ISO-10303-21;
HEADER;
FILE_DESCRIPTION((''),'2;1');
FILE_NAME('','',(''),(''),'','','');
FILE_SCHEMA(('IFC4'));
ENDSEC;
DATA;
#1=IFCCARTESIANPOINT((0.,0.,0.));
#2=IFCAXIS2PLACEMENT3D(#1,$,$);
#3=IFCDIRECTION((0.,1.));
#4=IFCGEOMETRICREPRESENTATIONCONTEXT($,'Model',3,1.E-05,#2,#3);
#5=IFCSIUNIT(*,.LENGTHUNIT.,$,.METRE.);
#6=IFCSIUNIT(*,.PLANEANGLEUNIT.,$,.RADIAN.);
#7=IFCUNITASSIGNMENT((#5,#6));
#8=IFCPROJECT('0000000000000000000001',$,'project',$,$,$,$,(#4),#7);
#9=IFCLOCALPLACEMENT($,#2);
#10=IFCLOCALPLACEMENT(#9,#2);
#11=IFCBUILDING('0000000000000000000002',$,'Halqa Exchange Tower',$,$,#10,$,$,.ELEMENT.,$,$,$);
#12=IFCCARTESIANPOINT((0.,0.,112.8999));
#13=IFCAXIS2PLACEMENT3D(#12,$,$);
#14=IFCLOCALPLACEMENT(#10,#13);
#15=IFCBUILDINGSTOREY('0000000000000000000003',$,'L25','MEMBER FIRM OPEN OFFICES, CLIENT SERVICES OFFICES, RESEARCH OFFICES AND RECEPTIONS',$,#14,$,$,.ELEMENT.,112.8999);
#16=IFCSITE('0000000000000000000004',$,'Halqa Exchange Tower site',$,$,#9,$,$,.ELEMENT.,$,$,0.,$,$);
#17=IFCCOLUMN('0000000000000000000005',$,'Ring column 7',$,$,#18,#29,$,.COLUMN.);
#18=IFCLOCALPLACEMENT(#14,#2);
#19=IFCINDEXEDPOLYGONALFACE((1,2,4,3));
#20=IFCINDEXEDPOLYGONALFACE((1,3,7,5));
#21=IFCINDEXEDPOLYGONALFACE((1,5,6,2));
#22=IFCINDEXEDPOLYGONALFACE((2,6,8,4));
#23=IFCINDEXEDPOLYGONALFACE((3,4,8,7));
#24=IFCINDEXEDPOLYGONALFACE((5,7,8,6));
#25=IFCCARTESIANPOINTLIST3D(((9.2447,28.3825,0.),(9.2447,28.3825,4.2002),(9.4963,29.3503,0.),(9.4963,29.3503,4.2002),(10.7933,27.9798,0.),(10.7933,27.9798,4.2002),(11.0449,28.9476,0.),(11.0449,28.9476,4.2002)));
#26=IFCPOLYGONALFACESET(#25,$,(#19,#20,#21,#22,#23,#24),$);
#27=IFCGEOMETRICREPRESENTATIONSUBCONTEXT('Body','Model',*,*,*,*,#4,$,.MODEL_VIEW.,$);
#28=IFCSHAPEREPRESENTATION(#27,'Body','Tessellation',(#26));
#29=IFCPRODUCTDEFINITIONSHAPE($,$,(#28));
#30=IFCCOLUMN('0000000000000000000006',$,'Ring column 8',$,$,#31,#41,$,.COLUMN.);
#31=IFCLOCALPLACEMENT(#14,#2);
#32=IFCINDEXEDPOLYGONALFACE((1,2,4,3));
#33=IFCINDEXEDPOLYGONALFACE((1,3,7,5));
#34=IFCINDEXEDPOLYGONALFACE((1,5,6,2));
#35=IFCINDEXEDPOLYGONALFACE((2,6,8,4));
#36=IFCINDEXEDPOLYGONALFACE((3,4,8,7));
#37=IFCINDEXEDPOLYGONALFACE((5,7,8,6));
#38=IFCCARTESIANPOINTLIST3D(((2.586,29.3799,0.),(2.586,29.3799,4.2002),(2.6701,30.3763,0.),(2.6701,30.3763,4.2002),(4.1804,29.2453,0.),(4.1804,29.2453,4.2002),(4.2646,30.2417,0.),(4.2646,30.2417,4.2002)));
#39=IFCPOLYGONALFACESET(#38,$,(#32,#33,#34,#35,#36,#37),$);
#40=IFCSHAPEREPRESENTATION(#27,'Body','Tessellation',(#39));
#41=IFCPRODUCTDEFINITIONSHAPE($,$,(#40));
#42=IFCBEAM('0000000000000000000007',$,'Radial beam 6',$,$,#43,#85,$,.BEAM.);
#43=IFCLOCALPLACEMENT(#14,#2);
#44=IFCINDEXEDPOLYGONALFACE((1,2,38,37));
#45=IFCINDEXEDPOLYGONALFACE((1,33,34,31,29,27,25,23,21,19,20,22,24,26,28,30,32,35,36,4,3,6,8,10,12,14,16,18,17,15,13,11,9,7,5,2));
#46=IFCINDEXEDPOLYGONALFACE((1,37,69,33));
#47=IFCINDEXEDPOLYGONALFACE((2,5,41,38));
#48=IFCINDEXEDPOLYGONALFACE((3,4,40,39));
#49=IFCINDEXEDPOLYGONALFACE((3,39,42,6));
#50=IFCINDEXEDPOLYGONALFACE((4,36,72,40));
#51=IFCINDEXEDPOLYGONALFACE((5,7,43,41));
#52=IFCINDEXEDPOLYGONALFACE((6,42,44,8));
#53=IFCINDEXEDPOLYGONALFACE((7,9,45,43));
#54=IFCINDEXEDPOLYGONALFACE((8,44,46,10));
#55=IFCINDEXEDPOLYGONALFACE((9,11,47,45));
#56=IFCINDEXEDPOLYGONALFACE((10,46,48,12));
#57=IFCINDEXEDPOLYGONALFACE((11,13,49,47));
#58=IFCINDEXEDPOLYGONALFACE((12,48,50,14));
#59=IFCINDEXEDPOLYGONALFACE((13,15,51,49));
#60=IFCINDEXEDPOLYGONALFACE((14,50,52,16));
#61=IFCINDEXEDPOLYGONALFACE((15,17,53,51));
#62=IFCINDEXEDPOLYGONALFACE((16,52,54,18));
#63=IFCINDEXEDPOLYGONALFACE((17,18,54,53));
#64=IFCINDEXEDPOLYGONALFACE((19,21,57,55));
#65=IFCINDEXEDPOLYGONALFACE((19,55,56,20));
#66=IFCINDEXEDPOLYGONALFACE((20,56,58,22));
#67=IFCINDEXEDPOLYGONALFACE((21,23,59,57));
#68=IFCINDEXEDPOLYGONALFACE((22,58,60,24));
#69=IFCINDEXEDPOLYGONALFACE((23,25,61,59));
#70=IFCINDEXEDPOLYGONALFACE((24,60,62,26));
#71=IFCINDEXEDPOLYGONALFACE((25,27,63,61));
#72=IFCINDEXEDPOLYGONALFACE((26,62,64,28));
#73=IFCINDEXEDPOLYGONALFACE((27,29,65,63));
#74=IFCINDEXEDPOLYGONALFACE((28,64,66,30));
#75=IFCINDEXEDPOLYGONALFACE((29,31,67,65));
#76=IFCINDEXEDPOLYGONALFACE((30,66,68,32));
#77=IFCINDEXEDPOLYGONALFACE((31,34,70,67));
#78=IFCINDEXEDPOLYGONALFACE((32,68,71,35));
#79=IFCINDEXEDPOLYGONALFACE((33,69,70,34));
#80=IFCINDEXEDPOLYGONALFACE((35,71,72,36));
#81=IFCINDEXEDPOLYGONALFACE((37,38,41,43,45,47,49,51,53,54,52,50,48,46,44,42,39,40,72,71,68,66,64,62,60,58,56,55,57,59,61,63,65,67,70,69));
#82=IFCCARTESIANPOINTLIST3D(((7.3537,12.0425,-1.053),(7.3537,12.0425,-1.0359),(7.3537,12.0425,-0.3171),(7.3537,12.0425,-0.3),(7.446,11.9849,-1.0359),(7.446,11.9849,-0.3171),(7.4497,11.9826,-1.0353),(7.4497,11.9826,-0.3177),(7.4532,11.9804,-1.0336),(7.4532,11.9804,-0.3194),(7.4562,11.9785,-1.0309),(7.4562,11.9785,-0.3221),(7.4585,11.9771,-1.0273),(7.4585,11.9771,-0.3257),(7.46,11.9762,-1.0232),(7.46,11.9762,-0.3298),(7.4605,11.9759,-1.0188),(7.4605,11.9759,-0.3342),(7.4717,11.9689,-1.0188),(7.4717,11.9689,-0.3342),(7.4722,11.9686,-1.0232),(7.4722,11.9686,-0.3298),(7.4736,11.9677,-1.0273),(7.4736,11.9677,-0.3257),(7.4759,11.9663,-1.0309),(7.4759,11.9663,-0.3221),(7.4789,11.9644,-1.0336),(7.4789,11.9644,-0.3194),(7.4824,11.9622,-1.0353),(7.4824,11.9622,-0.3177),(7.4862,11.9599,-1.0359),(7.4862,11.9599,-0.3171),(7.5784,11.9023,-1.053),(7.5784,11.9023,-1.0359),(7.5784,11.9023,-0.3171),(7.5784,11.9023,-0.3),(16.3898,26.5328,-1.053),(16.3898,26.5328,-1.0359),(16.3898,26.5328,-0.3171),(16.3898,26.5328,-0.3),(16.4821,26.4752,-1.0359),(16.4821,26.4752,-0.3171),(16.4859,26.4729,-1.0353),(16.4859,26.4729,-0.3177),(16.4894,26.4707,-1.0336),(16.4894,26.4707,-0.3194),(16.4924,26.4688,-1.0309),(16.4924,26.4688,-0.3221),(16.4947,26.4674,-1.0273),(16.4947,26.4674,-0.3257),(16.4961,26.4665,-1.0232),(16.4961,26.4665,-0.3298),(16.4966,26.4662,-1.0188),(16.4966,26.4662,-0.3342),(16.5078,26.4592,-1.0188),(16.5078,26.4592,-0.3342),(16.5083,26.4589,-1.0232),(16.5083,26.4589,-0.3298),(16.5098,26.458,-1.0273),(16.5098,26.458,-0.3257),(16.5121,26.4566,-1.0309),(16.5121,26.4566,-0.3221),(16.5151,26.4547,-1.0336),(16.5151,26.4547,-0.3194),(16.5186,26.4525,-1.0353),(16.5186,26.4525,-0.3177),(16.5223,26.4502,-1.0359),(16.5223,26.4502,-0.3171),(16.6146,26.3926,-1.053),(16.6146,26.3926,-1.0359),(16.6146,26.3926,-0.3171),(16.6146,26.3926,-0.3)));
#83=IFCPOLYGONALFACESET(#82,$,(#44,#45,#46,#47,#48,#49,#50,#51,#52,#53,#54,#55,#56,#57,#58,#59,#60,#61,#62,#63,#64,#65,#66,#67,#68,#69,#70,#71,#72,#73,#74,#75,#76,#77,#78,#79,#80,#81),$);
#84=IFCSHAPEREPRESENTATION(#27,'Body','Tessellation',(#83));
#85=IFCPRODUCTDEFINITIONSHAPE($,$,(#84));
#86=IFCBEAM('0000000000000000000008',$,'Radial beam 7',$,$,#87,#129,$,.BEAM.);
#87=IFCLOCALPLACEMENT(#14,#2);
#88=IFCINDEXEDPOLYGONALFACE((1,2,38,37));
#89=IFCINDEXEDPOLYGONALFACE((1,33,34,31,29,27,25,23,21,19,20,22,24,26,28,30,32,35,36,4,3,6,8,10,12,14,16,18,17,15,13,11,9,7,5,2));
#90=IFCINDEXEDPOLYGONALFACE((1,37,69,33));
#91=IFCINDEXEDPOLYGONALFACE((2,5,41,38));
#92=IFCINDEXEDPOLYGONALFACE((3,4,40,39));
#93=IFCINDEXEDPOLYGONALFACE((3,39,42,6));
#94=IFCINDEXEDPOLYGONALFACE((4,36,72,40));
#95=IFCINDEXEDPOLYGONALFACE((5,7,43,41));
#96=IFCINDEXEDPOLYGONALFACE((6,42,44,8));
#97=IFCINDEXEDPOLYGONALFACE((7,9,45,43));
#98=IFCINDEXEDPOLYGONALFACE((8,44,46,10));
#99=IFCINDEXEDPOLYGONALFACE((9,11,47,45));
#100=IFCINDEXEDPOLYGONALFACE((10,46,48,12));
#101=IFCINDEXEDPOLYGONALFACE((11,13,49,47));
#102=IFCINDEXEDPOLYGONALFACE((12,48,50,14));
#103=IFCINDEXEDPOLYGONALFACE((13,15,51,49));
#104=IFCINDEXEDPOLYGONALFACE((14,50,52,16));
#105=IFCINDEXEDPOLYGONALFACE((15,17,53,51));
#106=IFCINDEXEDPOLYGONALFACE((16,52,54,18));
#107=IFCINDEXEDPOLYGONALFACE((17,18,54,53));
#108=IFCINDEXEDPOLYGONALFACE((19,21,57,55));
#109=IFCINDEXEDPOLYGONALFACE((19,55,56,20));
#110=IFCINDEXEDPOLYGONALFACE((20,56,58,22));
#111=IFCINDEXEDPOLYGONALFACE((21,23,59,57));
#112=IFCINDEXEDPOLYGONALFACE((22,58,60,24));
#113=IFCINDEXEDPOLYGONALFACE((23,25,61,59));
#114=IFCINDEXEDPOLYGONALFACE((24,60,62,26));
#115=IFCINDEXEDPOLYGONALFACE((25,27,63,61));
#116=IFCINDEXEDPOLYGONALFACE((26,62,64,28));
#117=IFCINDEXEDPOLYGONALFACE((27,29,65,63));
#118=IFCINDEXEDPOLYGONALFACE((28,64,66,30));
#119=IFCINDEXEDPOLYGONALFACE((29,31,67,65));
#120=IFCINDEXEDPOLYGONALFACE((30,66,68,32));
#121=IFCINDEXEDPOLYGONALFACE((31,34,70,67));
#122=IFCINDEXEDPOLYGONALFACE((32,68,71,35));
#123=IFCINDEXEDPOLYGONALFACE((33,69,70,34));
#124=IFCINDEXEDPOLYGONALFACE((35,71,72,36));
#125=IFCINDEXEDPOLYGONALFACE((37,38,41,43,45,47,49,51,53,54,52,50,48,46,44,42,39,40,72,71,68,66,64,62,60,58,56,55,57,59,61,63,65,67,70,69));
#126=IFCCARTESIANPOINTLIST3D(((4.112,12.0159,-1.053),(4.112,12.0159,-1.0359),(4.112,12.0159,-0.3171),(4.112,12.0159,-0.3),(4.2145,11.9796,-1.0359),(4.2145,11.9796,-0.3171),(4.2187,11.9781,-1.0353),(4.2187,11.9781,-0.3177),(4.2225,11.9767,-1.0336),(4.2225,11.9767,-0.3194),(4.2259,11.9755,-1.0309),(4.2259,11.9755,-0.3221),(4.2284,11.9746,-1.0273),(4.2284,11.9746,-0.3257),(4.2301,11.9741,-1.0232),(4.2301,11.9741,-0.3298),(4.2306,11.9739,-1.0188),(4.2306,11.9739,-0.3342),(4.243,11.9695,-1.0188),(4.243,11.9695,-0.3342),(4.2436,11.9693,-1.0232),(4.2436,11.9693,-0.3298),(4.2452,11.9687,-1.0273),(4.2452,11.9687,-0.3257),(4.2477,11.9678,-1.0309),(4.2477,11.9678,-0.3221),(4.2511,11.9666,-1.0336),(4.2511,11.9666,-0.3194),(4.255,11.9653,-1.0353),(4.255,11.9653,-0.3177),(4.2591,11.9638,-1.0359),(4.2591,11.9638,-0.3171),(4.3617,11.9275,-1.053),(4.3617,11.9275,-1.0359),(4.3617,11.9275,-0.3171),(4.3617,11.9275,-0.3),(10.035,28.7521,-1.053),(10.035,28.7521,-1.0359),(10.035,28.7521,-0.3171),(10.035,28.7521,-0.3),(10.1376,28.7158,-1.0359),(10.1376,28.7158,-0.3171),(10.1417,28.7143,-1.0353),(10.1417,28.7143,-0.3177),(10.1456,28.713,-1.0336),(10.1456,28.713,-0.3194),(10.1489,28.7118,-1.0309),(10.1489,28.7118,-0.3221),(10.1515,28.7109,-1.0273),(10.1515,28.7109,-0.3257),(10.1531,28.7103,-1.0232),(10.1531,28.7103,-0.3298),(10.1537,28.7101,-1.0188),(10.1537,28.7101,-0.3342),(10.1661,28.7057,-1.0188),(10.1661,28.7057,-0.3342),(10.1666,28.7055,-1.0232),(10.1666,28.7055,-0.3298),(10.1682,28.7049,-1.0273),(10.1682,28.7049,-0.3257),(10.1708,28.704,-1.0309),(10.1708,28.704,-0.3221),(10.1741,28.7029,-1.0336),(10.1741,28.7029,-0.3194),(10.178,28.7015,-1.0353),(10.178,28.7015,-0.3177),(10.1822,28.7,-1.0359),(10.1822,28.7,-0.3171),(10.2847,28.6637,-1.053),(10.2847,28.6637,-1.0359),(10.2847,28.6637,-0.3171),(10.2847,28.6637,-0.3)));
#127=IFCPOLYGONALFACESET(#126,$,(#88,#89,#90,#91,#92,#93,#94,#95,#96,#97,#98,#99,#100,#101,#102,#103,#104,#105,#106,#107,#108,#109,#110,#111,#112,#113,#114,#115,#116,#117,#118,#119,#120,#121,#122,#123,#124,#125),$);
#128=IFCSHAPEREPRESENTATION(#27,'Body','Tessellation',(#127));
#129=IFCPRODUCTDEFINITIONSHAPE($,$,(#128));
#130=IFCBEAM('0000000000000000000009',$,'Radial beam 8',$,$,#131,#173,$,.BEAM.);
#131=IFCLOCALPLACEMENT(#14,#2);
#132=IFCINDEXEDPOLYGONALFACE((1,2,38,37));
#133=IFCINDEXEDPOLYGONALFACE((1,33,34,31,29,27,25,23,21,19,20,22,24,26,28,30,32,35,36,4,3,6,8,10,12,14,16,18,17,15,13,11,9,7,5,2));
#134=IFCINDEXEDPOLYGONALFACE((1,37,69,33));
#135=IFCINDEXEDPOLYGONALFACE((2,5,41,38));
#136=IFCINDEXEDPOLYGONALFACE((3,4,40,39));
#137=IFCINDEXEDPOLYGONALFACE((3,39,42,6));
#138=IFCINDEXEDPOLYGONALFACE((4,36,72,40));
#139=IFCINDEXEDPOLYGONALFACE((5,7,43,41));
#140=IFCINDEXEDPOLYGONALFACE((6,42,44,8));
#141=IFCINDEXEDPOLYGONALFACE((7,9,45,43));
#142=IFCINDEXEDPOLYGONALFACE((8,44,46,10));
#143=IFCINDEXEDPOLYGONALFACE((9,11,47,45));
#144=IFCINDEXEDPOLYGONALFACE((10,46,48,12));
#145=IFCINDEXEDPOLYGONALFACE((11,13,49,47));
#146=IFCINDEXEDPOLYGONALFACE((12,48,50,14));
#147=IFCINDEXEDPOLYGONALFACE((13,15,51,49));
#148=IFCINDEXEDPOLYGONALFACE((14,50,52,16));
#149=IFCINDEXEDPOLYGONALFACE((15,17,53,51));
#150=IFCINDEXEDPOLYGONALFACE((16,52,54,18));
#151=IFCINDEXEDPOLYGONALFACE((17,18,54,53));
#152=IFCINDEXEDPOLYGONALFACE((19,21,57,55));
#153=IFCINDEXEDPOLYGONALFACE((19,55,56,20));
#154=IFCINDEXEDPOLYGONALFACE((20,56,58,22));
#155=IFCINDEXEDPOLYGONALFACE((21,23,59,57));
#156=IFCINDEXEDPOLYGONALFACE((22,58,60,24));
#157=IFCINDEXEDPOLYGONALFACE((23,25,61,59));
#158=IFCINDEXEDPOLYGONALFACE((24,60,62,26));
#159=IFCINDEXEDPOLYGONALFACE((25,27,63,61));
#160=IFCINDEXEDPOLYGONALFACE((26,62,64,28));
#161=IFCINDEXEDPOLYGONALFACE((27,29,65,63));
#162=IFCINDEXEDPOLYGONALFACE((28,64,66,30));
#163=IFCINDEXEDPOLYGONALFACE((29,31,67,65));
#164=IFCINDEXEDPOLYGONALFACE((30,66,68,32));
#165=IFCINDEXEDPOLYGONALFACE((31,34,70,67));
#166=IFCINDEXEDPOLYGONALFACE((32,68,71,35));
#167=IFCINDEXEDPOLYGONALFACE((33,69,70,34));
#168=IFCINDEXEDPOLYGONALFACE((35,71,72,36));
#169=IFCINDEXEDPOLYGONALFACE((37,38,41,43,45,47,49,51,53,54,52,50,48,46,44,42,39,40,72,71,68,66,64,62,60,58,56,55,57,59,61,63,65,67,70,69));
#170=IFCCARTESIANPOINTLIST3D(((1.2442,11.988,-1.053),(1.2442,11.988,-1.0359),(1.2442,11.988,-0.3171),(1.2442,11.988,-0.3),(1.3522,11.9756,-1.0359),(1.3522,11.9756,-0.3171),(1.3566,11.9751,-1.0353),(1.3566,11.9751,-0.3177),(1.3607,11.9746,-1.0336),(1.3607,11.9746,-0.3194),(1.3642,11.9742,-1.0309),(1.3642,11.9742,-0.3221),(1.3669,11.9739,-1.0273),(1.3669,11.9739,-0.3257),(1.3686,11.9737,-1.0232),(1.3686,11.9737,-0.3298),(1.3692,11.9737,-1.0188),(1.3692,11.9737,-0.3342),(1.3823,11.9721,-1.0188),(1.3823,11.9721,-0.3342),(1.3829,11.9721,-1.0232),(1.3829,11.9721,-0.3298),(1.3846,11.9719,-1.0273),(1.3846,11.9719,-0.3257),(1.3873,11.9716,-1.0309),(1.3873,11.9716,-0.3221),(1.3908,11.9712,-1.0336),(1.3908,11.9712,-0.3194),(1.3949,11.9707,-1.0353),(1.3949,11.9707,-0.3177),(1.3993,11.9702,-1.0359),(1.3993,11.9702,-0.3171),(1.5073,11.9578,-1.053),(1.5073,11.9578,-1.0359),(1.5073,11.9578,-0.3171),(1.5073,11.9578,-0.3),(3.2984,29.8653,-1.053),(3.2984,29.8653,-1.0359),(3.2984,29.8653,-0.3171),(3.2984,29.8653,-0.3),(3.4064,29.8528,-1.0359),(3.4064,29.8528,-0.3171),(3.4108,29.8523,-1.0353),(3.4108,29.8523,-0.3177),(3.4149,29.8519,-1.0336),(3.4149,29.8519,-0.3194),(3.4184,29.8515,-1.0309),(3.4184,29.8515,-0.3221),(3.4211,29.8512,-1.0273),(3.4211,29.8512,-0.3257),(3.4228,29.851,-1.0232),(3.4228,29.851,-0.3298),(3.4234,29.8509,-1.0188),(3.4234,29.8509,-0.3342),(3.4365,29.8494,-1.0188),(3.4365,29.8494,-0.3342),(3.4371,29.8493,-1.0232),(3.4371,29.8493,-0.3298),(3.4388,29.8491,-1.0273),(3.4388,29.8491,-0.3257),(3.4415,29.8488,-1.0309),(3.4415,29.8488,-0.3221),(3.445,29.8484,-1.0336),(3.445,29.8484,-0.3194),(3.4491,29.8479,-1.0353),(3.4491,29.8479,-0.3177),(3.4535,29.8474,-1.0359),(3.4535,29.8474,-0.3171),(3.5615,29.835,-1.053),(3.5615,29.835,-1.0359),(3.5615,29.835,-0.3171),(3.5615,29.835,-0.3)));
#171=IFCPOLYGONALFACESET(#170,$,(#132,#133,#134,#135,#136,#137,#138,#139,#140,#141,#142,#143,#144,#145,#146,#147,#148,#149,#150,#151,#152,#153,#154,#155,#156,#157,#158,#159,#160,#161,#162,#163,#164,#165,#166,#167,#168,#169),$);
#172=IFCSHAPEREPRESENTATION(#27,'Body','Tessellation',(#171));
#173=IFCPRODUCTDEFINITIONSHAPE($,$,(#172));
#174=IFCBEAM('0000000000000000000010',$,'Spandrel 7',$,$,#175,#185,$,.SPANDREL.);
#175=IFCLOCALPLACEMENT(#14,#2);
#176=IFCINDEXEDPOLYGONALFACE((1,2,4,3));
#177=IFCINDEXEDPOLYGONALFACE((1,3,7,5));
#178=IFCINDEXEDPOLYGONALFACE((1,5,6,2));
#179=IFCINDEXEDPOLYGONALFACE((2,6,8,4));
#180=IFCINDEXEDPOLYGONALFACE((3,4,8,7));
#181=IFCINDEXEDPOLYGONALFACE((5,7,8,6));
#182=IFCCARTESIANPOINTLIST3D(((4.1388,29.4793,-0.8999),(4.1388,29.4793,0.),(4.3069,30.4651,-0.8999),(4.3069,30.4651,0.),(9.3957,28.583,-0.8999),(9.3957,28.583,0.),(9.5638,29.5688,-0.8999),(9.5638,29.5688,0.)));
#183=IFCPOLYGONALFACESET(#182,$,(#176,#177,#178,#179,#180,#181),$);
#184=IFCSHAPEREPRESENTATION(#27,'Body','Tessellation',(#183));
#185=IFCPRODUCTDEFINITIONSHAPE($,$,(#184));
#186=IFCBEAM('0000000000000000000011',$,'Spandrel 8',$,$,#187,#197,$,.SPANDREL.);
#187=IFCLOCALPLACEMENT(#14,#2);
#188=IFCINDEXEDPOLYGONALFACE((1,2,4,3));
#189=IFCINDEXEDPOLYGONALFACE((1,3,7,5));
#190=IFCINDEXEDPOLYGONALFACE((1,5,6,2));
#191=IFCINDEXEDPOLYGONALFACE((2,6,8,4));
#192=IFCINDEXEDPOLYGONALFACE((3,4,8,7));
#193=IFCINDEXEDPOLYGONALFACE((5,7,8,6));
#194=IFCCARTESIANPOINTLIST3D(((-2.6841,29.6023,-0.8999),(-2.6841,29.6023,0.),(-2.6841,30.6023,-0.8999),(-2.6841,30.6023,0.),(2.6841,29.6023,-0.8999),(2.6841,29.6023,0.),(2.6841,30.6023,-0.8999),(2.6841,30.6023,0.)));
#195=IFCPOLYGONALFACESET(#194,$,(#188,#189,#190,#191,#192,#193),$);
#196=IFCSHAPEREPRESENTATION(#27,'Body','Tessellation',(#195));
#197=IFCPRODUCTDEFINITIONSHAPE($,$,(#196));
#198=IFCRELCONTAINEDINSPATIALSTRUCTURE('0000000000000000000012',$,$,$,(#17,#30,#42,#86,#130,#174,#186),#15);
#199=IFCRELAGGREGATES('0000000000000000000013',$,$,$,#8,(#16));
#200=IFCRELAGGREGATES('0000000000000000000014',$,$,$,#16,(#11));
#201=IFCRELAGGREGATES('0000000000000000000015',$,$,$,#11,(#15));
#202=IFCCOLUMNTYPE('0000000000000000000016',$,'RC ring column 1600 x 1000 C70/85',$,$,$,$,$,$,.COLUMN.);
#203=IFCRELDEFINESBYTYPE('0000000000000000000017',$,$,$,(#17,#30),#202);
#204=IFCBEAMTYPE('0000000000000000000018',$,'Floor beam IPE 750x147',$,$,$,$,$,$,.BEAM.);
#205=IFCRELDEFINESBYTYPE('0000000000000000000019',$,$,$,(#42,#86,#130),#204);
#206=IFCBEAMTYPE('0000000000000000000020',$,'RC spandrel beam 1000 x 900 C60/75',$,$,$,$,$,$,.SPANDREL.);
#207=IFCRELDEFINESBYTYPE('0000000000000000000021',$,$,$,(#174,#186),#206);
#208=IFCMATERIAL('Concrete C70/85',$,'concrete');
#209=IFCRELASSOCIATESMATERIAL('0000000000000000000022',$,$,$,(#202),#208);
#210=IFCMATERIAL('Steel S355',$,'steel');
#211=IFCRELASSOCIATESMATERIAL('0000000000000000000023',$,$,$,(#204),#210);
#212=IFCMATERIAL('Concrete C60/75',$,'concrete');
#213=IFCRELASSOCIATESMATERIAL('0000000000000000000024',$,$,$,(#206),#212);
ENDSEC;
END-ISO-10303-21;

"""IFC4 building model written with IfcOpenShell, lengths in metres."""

from ifc_helpers import new_model, si_unit, direction, frame, origin, origin_2d, place, context, subcontext, project, spatial, rectangle, i_section, extrude, material, material_profile, profile_set, type_object, element, save


model = new_model("IFC4")

# Units and contexts
model_context = context("Model", 3, precision=1e-05, world=origin(), true_north=direction((0.0, 1.0)))
body_context = subcontext(model_context, "Body", "Model", "MODEL_VIEW")
ifc_project = project(units=[si_unit("LENGTHUNIT", "METRE"), si_unit("PLANEANGLEUNIT", "RADIAN")], contexts=[model_context])

# Site, building, storey
site_placement = place(None, origin())
site = spatial("IfcSite", under=ifc_project, at=site_placement, Name="Halqa Exchange Tower site", CompositionType="ELEMENT", RefElevation=0.0)
building_placement = place(site_placement, origin())
building = spatial("IfcBuilding", under=site, at=building_placement, Name="Halqa Exchange Tower", CompositionType="ELEMENT")
storey_placement = place(building_placement, frame((0.0, 0.0, 112.8999)))
storey = spatial("IfcBuildingStorey", under=building, at=storey_placement, Name="L25", Description="MEMBER FIRM OPEN OFFICES, CLIENT SERVICES OFFICES, RESEARCH OFFICES AND RECEPTIONS", CompositionType="ELEMENT", Elevation=112.8999)

# Columns
ifc_material_1 = material(Name="Concrete C70/85", Category="concrete")
ifc_material_profile_1 = material_profile(ifc_material_1, rectangle(XDim=1.6001, YDim=1.0, at=origin_2d()), Name="1600 x 1000")
ifc_profile_set_1 = profile_set([ifc_material_profile_1], Name="Concrete C70/85")
column_type = type_object("IfcColumnType", Name="RC ring column 1600 x 1000 C70/85", PredefinedType="COLUMN", material=ifc_profile_set_1)
for number, where, z_axis, x_axis, name in (
    (1, (10.1448, 28.665, 0.0), (0.0, 0.0, 1.0), (-0.96782, 0.251644, 0.0), "Ring column 7"),
    (2, (3.4253, 29.8108, 0.0), (0.0, 0.0, 1.0), (-0.996456, 0.084121, 0.0), "Ring column 8"),
):
    element("IfcColumn", number, at=place(storey_placement, frame(where, z_axis=z_axis, x_axis=x_axis)), inside=storey, type_object=column_type, Name=name, PredefinedType="COLUMN", context=body_context, shape_type="SweptSolid", body=[
        extrude(rectangle(XDim=1.6001, YDim=1.0, at=origin_2d()), origin(), (0.0, 0.0, 1.0), 4.2002),
    ])

# Beams
ifc_material_2 = material(Name="Steel S355", Category="steel")
ifc_material_profile_2 = material_profile(ifc_material_2, i_section(OverallWidth=0.2649, OverallDepth=0.7529, WebThickness=0.0132, FlangeThickness=0.0171, FilletRadius=0.0171, at=origin_2d()), Name="IPE 750x147")
ifc_profile_set_2 = profile_set([ifc_material_profile_2], Name="Steel S355")
beam_type_1 = type_object("IfcBeamType", Name="Floor beam IPE 750x147", PredefinedType="BEAM", material=ifc_profile_set_2)
beam_1_placement = place(storey_placement, frame((7.4661, 11.9724, -0.6765), z_axis=(0.529145, 0.848531, 0.0), x_axis=(-0.848531, 0.529145, 0.0)))
element("IfcBeam", 3, at=beam_1_placement, inside=storey, type_object=beam_type_1, Name="Radial beam 6", PredefinedType="BEAM", context=body_context, shape_type="SweptSolid", body=[
    extrude(i_section(OverallWidth=0.2649, OverallDepth=0.7529, WebThickness=0.0132, FlangeThickness=0.0171, FilletRadius=0.0171, at=origin_2d()), origin(), (0.0, 0.0, 1.0), 17.0769),
])
beam_2_placement = place(storey_placement, frame((4.2368, 11.9717, -0.6765), z_axis=(0.333629, 0.942704, 0.0), x_axis=(-0.942704, 0.333629, 0.0)))
element("IfcBeam", 4, at=beam_2_placement, inside=storey, type_object=beam_type_1, Name="Radial beam 7", PredefinedType="BEAM", context=body_context, shape_type="SweptSolid", body=[
    extrude(i_section(OverallWidth=0.2649, OverallDepth=0.7529, WebThickness=0.0132, FlangeThickness=0.0171, FilletRadius=0.0171, at=origin_2d()), origin(), (0.0, 0.0, 1.0), 17.7534),
])
beam_3_placement = place(storey_placement, frame((1.3757, 11.9729, -0.6765), z_axis=(0.114155, 0.993463, 0.0), x_axis=(-0.993463, 0.114155, 0.0)))
element("IfcBeam", 5, at=beam_3_placement, inside=storey, type_object=beam_type_1, Name="Radial beam 8", PredefinedType="BEAM", context=body_context, shape_type="SweptSolid", body=[
    extrude(i_section(OverallWidth=0.2649, OverallDepth=0.7529, WebThickness=0.0132, FlangeThickness=0.0171, FilletRadius=0.0171, at=origin_2d()), origin(), (0.0, 0.0, 1.0), 17.9949),
])
ifc_material_3 = material(Name="Concrete C60/75", Category="concrete")
ifc_material_profile_3 = material_profile(ifc_material_3, rectangle(XDim=1.0, YDim=0.8999, at=origin_2d()), Name="1000 x 900")
ifc_profile_set_3 = profile_set([ifc_material_profile_3], Name="Concrete C60/75")
beam_type_2 = type_object("IfcBeamType", Name="RC spandrel beam 1000 x 900 C60/75", PredefinedType="SPANDREL", material=ifc_profile_set_3)
beam_4_placement = place(storey_placement, frame((9.4797, 29.0759, -0.45), z_axis=(-0.985776, 0.168065, 0.0), x_axis=(-0.168065, -0.985776, 0.0)))
element("IfcBeam", 6, at=beam_4_placement, inside=storey, type_object=beam_type_2, Name="Spandrel 7", PredefinedType="SPANDREL", context=body_context, shape_type="SweptSolid", body=[
    extrude(rectangle(XDim=1.0, YDim=0.8999, at=origin_2d()), origin(), (0.0, 0.0, 1.0), 5.3328),
])
beam_5_placement = place(storey_placement, frame((2.6841, 30.1023, -0.45), z_axis=(-1.0, 0.0, 0.0), x_axis=(0.0, -1.0, 0.0)))
element("IfcBeam", 7, at=beam_5_placement, inside=storey, type_object=beam_type_2, Name="Spandrel 8", PredefinedType="SPANDREL", context=body_context, shape_type="SweptSolid", body=[
    extrude(rectangle(XDim=1.0, YDim=0.8999, at=origin_2d()), origin(), (0.0, 0.0, 1.0), 5.3682),
])

save(model, "model.ifc")
